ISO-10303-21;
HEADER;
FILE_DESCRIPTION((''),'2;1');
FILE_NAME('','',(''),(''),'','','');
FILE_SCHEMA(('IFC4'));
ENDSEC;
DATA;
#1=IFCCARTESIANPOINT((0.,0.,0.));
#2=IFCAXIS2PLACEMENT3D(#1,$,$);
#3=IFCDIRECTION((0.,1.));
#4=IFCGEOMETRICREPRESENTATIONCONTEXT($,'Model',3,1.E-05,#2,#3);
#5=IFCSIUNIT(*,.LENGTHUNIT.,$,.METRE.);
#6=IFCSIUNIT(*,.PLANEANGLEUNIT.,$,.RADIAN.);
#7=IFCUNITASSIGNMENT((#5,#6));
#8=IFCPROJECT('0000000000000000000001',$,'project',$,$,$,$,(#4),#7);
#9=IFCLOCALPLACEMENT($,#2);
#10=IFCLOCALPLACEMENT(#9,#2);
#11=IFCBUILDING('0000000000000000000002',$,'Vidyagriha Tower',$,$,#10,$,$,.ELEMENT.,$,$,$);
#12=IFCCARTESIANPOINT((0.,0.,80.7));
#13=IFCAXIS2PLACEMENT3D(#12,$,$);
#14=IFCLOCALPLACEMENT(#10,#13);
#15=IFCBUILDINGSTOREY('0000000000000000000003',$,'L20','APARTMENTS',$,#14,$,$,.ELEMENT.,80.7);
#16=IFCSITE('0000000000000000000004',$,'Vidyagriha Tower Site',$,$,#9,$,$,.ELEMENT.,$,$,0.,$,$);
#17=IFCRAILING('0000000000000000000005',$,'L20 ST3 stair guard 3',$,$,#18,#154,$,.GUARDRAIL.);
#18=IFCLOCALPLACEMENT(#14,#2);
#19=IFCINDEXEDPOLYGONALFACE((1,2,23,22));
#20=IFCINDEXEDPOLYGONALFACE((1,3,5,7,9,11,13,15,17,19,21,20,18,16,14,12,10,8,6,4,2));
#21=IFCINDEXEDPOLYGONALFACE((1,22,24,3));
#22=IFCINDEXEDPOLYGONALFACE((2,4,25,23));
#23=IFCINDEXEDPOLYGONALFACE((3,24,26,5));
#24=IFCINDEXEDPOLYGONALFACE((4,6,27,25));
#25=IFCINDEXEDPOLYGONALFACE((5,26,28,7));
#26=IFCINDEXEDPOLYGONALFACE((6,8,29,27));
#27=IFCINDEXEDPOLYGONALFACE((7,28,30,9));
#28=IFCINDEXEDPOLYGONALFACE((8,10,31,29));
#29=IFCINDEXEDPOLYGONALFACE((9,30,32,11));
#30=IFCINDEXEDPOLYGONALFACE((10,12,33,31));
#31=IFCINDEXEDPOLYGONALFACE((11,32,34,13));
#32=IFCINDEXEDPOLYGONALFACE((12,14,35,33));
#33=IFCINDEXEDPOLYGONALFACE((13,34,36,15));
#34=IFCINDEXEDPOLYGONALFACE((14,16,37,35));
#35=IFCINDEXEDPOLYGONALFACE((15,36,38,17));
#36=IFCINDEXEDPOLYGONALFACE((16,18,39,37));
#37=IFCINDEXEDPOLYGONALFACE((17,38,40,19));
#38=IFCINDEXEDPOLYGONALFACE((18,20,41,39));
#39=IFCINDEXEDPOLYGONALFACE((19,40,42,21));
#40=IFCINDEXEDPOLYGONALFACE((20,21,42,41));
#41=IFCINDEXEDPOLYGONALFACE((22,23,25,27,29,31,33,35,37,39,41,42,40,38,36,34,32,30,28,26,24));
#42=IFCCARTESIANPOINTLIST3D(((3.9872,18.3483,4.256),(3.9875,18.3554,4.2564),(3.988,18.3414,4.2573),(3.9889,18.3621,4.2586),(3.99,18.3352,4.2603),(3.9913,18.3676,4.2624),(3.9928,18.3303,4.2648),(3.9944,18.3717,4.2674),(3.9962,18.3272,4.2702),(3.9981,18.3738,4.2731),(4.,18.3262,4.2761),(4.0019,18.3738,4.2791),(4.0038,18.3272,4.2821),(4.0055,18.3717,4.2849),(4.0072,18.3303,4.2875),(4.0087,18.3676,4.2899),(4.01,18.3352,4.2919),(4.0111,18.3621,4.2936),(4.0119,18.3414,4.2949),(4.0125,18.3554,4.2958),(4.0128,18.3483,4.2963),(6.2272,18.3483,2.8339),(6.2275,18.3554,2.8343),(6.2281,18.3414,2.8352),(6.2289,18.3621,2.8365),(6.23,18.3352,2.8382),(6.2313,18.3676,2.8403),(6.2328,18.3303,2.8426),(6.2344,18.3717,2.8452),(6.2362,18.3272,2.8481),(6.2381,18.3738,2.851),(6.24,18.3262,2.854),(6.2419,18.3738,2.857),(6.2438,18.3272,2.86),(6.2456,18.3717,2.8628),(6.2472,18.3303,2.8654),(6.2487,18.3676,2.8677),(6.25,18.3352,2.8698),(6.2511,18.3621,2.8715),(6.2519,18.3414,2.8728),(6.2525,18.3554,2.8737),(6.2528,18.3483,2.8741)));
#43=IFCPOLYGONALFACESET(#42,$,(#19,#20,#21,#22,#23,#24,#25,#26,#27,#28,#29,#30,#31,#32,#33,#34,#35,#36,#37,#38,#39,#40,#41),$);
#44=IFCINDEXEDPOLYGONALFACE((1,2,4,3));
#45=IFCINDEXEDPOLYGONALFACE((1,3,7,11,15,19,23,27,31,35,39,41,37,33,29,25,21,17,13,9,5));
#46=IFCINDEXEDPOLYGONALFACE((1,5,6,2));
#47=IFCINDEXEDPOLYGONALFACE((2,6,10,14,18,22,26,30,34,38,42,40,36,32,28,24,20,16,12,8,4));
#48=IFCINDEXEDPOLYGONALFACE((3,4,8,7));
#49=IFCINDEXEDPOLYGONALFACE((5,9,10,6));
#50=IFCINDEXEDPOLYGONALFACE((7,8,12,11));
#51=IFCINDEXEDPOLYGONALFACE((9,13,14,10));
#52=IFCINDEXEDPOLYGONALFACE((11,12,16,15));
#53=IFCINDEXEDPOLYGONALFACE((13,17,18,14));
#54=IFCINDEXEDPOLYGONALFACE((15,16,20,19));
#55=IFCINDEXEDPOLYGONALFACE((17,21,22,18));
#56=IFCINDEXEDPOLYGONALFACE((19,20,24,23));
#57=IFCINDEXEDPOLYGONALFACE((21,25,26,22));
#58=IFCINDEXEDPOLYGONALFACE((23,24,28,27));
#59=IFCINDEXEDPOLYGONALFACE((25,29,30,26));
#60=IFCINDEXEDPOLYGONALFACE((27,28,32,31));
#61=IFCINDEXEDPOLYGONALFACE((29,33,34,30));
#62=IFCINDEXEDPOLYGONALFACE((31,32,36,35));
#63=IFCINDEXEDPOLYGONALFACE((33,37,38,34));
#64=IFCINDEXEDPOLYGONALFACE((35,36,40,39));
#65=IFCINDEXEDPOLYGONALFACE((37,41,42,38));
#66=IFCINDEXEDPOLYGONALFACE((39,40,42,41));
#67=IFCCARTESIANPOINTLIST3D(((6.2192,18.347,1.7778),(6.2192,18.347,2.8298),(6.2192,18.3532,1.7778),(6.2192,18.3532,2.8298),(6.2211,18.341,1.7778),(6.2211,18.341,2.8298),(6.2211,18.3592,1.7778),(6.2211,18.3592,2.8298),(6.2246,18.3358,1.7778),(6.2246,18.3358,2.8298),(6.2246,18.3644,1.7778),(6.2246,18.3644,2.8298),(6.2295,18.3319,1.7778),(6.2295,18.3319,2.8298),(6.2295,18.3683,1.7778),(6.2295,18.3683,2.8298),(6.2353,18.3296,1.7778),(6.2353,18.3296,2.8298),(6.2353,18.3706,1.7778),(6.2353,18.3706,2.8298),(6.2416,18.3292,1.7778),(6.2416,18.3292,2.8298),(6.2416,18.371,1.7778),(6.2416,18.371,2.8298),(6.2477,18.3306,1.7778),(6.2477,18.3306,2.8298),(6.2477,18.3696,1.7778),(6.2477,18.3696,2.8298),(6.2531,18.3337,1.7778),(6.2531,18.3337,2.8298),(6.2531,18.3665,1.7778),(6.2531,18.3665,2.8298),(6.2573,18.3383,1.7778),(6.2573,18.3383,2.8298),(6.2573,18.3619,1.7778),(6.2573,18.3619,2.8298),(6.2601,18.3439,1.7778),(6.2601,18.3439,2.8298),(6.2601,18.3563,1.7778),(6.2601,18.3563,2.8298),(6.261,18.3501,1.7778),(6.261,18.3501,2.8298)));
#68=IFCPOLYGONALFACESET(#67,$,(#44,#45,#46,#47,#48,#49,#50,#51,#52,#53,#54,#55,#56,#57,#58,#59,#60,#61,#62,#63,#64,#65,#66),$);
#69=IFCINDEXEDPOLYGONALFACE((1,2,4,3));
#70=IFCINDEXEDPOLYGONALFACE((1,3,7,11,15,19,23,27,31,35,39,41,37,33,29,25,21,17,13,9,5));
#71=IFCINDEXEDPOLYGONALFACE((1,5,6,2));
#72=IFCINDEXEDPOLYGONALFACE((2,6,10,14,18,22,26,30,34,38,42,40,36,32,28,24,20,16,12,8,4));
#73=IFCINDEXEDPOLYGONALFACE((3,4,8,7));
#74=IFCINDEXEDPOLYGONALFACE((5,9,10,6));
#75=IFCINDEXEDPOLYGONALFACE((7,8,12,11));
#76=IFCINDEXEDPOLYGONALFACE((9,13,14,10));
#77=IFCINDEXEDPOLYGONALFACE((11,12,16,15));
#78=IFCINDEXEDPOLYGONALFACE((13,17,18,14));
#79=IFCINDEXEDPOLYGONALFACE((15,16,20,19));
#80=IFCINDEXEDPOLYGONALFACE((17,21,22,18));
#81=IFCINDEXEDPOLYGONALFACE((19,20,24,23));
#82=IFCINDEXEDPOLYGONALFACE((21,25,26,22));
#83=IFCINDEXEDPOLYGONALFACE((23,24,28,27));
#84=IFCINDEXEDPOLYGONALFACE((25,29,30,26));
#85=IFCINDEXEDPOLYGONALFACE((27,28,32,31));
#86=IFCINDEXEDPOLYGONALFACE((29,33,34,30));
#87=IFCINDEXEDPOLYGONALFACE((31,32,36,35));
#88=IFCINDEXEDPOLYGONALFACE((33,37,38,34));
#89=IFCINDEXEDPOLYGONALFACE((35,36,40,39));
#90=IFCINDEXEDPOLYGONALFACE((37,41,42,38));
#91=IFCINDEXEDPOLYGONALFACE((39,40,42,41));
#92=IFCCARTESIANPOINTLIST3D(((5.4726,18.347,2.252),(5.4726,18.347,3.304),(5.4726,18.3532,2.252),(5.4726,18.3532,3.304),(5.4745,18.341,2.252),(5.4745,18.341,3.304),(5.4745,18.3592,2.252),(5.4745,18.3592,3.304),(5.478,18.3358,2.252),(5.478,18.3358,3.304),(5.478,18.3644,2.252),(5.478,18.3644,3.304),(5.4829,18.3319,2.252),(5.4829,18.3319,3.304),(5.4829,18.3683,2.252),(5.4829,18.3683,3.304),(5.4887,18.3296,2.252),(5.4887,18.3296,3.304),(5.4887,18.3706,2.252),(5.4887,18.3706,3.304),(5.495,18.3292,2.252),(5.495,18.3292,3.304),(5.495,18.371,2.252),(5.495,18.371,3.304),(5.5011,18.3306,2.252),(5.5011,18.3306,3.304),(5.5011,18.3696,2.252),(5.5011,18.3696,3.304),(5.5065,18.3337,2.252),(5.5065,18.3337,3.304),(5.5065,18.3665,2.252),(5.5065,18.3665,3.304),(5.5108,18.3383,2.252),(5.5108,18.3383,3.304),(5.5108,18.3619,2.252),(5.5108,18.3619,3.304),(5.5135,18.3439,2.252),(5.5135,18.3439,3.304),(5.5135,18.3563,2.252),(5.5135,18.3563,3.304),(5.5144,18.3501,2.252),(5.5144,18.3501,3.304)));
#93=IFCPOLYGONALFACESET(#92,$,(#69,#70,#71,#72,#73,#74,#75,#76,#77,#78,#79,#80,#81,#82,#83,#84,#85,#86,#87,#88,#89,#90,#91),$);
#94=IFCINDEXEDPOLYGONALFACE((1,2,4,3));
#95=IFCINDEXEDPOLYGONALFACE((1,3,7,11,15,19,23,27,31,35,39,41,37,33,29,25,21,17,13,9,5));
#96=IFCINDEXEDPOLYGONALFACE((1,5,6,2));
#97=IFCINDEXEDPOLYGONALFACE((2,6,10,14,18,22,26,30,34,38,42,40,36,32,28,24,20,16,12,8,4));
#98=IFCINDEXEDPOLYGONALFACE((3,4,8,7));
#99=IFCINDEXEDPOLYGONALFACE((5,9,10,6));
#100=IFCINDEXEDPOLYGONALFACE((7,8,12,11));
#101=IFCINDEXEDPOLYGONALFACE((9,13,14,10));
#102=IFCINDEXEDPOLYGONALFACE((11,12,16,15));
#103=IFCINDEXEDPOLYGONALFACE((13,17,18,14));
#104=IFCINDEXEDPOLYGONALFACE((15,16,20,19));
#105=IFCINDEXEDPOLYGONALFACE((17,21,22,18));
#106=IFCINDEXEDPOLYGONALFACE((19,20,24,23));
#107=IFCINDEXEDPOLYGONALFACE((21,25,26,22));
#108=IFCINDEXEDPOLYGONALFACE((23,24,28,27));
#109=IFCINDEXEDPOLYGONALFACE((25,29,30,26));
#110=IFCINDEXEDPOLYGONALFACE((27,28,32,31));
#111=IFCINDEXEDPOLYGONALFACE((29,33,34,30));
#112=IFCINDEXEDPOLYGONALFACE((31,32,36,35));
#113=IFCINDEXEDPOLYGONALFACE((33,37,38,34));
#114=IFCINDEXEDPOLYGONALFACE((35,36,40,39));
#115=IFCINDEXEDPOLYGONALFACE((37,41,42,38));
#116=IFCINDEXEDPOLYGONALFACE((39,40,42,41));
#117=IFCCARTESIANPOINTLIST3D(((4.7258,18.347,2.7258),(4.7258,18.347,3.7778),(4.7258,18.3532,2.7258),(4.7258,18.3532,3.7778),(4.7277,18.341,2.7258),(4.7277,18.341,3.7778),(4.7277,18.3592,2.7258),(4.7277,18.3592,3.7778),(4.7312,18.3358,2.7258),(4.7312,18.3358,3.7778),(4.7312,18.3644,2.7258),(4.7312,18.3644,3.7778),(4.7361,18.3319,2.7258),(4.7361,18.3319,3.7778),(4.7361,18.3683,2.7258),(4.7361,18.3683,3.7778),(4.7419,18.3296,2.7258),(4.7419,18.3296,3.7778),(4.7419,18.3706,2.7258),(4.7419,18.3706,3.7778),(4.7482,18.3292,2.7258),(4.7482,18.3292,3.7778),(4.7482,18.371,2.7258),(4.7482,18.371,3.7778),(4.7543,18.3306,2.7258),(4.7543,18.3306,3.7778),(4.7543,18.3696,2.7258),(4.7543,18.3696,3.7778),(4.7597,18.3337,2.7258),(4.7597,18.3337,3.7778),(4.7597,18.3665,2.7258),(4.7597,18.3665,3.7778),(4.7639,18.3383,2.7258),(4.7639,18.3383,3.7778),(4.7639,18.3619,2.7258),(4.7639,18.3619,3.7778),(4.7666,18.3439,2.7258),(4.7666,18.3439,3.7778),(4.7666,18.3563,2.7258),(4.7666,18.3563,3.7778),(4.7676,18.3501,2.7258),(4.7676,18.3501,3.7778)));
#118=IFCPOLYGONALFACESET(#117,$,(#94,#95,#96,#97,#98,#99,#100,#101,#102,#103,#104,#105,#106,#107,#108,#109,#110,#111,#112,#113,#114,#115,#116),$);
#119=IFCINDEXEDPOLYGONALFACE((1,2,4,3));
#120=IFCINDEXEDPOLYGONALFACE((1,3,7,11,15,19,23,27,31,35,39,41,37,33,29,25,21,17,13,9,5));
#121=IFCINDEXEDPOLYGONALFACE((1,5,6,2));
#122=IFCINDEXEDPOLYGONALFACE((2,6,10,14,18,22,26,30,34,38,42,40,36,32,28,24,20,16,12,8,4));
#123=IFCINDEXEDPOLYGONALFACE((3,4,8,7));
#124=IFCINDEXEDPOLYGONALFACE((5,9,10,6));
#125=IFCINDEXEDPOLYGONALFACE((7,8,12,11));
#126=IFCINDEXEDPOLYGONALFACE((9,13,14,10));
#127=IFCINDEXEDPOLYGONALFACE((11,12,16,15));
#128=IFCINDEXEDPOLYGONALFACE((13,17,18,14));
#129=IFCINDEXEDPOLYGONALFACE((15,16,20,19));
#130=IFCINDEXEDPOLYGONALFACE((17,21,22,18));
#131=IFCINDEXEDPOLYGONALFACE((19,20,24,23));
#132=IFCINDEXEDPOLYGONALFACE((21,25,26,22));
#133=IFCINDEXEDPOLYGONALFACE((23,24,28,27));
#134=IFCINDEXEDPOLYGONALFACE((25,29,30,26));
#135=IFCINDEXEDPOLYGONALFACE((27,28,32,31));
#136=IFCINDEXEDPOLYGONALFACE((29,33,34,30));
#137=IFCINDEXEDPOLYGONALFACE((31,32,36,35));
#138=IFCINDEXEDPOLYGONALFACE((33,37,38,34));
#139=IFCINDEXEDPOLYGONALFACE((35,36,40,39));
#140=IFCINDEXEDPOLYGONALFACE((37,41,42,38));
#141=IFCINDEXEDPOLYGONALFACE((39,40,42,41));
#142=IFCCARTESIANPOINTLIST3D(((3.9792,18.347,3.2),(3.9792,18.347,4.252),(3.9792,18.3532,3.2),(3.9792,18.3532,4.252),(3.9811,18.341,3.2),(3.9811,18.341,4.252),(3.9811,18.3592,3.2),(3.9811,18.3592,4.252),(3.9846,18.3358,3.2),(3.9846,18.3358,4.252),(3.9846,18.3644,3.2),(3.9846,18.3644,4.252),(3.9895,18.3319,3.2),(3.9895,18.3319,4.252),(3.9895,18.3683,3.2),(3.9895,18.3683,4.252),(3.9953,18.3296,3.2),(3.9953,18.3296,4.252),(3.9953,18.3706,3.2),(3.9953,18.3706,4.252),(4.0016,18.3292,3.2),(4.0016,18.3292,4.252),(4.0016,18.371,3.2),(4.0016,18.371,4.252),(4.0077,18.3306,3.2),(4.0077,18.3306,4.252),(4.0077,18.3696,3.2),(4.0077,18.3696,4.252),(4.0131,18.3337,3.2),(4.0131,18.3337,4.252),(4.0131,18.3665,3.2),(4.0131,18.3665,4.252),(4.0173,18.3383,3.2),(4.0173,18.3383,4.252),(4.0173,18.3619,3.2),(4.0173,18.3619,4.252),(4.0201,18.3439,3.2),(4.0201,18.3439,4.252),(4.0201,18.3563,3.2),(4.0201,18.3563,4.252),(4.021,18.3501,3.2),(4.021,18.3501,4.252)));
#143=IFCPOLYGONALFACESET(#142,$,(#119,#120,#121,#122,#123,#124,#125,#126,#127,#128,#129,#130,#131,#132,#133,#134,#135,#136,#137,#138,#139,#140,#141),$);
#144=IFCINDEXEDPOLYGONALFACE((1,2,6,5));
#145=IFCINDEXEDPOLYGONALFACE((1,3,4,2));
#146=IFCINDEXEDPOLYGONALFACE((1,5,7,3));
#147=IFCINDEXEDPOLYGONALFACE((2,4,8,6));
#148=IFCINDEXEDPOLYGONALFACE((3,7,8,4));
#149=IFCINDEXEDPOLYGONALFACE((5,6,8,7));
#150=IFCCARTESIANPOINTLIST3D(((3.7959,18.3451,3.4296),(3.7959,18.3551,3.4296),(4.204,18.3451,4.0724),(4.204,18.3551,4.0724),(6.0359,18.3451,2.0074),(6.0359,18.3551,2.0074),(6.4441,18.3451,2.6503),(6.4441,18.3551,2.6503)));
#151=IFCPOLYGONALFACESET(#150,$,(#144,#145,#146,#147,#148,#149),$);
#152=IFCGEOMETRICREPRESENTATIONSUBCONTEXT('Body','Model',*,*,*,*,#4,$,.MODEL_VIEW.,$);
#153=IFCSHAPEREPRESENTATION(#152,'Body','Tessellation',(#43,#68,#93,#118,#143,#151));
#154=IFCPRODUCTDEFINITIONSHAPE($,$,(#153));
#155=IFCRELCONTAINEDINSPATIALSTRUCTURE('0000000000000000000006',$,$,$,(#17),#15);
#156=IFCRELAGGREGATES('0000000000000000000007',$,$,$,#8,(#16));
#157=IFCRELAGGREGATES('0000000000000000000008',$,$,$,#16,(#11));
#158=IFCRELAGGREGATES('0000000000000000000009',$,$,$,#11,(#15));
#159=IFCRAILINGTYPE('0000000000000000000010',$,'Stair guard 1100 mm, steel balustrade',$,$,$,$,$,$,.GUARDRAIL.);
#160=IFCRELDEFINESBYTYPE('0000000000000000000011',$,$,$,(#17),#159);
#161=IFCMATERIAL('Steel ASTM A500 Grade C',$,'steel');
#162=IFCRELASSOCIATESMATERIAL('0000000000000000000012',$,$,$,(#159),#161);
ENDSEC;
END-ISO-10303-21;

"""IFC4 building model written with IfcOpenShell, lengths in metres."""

from ifc_helpers import new_model, si_unit, direction, frame, origin, origin_2d, place, context, subcontext, project, spatial, rectangle, circle, extrude, material, type_object, element, save


model = new_model("IFC4")

# Units and contexts
model_context = context("Model", 3, precision=1e-05, world=origin(), true_north=direction((0.0, 1.0)))
body_context = subcontext(model_context, "Body", "Model", "MODEL_VIEW")
ifc_project = project(units=[si_unit("LENGTHUNIT", "METRE"), si_unit("PLANEANGLEUNIT", "RADIAN")], contexts=[model_context])

# Site, building, storey
site_placement = place(None, origin())
site = spatial("IfcSite", under=ifc_project, at=site_placement, Name="Vidyagriha Tower Site", CompositionType="ELEMENT", RefElevation=0.0)
building_placement = place(site_placement, origin())
building = spatial("IfcBuilding", under=site, at=building_placement, Name="Vidyagriha Tower", CompositionType="ELEMENT")
storey_placement = place(building_placement, frame((0.0, 0.0, 80.7)))
storey = spatial("IfcBuildingStorey", under=building, at=storey_placement, Name="L20", Description="APARTMENTS", CompositionType="ELEMENT", Elevation=80.7)

# Railing
ifc_material_1 = material(Name="Steel ASTM A500 Grade C", Category="steel")
railing_type_1 = type_object("IfcRailingType", Name="Stair guard 1100 mm, steel balustrade", PredefinedType="GUARDRAIL", material=ifc_material_1)
railing_1_placement = place(storey_placement, frame((6.24, 18.3501, 1.7778)))
element("IfcRailing", 1, at=railing_1_placement, inside=storey, type_object=railing_type_1, Name="L20 ST3 stair guard 3", PredefinedType="GUARDRAIL", context=body_context, shape_type="SweptSolid", body=[
    extrude(circle(Radius=0.0239, at=origin_2d()), frame((0.0, 0.0, 1.0762), z_axis=(-0.844229, 0.0, 0.535982), x_axis=(0.0, -1.0, 0.0)), (0.0, 0.0, 1.0), 2.6533),
    extrude(circle(Radius=0.021, at=origin_2d()), origin(), (0.0, 0.0, 1.0), 1.052),
    extrude(circle(Radius=0.021, at=origin_2d()), frame((-0.7466, 0.0, 0.4741)), (0.0, 0.0, 1.0), 1.052),
    extrude(circle(Radius=0.021, at=origin_2d()), frame((-1.4934, 0.0, 0.948)), (0.0, 0.0, 1.0), 1.052),
    extrude(circle(Radius=0.021, at=origin_2d()), frame((-2.24, 0.0, 1.4221)), (0.0, 0.0, 1.0), 1.052),
    extrude(rectangle(XDim=0.01, YDim=0.7615, at=origin_2d()), frame((0.0, 0.0, 0.551), z_axis=(-0.844229, 0.0, 0.535982), x_axis=(0.0, -1.0, 0.0)), (0.0, 0.0, 1.0), 2.6533),
])

save(model, "model.ifc")
